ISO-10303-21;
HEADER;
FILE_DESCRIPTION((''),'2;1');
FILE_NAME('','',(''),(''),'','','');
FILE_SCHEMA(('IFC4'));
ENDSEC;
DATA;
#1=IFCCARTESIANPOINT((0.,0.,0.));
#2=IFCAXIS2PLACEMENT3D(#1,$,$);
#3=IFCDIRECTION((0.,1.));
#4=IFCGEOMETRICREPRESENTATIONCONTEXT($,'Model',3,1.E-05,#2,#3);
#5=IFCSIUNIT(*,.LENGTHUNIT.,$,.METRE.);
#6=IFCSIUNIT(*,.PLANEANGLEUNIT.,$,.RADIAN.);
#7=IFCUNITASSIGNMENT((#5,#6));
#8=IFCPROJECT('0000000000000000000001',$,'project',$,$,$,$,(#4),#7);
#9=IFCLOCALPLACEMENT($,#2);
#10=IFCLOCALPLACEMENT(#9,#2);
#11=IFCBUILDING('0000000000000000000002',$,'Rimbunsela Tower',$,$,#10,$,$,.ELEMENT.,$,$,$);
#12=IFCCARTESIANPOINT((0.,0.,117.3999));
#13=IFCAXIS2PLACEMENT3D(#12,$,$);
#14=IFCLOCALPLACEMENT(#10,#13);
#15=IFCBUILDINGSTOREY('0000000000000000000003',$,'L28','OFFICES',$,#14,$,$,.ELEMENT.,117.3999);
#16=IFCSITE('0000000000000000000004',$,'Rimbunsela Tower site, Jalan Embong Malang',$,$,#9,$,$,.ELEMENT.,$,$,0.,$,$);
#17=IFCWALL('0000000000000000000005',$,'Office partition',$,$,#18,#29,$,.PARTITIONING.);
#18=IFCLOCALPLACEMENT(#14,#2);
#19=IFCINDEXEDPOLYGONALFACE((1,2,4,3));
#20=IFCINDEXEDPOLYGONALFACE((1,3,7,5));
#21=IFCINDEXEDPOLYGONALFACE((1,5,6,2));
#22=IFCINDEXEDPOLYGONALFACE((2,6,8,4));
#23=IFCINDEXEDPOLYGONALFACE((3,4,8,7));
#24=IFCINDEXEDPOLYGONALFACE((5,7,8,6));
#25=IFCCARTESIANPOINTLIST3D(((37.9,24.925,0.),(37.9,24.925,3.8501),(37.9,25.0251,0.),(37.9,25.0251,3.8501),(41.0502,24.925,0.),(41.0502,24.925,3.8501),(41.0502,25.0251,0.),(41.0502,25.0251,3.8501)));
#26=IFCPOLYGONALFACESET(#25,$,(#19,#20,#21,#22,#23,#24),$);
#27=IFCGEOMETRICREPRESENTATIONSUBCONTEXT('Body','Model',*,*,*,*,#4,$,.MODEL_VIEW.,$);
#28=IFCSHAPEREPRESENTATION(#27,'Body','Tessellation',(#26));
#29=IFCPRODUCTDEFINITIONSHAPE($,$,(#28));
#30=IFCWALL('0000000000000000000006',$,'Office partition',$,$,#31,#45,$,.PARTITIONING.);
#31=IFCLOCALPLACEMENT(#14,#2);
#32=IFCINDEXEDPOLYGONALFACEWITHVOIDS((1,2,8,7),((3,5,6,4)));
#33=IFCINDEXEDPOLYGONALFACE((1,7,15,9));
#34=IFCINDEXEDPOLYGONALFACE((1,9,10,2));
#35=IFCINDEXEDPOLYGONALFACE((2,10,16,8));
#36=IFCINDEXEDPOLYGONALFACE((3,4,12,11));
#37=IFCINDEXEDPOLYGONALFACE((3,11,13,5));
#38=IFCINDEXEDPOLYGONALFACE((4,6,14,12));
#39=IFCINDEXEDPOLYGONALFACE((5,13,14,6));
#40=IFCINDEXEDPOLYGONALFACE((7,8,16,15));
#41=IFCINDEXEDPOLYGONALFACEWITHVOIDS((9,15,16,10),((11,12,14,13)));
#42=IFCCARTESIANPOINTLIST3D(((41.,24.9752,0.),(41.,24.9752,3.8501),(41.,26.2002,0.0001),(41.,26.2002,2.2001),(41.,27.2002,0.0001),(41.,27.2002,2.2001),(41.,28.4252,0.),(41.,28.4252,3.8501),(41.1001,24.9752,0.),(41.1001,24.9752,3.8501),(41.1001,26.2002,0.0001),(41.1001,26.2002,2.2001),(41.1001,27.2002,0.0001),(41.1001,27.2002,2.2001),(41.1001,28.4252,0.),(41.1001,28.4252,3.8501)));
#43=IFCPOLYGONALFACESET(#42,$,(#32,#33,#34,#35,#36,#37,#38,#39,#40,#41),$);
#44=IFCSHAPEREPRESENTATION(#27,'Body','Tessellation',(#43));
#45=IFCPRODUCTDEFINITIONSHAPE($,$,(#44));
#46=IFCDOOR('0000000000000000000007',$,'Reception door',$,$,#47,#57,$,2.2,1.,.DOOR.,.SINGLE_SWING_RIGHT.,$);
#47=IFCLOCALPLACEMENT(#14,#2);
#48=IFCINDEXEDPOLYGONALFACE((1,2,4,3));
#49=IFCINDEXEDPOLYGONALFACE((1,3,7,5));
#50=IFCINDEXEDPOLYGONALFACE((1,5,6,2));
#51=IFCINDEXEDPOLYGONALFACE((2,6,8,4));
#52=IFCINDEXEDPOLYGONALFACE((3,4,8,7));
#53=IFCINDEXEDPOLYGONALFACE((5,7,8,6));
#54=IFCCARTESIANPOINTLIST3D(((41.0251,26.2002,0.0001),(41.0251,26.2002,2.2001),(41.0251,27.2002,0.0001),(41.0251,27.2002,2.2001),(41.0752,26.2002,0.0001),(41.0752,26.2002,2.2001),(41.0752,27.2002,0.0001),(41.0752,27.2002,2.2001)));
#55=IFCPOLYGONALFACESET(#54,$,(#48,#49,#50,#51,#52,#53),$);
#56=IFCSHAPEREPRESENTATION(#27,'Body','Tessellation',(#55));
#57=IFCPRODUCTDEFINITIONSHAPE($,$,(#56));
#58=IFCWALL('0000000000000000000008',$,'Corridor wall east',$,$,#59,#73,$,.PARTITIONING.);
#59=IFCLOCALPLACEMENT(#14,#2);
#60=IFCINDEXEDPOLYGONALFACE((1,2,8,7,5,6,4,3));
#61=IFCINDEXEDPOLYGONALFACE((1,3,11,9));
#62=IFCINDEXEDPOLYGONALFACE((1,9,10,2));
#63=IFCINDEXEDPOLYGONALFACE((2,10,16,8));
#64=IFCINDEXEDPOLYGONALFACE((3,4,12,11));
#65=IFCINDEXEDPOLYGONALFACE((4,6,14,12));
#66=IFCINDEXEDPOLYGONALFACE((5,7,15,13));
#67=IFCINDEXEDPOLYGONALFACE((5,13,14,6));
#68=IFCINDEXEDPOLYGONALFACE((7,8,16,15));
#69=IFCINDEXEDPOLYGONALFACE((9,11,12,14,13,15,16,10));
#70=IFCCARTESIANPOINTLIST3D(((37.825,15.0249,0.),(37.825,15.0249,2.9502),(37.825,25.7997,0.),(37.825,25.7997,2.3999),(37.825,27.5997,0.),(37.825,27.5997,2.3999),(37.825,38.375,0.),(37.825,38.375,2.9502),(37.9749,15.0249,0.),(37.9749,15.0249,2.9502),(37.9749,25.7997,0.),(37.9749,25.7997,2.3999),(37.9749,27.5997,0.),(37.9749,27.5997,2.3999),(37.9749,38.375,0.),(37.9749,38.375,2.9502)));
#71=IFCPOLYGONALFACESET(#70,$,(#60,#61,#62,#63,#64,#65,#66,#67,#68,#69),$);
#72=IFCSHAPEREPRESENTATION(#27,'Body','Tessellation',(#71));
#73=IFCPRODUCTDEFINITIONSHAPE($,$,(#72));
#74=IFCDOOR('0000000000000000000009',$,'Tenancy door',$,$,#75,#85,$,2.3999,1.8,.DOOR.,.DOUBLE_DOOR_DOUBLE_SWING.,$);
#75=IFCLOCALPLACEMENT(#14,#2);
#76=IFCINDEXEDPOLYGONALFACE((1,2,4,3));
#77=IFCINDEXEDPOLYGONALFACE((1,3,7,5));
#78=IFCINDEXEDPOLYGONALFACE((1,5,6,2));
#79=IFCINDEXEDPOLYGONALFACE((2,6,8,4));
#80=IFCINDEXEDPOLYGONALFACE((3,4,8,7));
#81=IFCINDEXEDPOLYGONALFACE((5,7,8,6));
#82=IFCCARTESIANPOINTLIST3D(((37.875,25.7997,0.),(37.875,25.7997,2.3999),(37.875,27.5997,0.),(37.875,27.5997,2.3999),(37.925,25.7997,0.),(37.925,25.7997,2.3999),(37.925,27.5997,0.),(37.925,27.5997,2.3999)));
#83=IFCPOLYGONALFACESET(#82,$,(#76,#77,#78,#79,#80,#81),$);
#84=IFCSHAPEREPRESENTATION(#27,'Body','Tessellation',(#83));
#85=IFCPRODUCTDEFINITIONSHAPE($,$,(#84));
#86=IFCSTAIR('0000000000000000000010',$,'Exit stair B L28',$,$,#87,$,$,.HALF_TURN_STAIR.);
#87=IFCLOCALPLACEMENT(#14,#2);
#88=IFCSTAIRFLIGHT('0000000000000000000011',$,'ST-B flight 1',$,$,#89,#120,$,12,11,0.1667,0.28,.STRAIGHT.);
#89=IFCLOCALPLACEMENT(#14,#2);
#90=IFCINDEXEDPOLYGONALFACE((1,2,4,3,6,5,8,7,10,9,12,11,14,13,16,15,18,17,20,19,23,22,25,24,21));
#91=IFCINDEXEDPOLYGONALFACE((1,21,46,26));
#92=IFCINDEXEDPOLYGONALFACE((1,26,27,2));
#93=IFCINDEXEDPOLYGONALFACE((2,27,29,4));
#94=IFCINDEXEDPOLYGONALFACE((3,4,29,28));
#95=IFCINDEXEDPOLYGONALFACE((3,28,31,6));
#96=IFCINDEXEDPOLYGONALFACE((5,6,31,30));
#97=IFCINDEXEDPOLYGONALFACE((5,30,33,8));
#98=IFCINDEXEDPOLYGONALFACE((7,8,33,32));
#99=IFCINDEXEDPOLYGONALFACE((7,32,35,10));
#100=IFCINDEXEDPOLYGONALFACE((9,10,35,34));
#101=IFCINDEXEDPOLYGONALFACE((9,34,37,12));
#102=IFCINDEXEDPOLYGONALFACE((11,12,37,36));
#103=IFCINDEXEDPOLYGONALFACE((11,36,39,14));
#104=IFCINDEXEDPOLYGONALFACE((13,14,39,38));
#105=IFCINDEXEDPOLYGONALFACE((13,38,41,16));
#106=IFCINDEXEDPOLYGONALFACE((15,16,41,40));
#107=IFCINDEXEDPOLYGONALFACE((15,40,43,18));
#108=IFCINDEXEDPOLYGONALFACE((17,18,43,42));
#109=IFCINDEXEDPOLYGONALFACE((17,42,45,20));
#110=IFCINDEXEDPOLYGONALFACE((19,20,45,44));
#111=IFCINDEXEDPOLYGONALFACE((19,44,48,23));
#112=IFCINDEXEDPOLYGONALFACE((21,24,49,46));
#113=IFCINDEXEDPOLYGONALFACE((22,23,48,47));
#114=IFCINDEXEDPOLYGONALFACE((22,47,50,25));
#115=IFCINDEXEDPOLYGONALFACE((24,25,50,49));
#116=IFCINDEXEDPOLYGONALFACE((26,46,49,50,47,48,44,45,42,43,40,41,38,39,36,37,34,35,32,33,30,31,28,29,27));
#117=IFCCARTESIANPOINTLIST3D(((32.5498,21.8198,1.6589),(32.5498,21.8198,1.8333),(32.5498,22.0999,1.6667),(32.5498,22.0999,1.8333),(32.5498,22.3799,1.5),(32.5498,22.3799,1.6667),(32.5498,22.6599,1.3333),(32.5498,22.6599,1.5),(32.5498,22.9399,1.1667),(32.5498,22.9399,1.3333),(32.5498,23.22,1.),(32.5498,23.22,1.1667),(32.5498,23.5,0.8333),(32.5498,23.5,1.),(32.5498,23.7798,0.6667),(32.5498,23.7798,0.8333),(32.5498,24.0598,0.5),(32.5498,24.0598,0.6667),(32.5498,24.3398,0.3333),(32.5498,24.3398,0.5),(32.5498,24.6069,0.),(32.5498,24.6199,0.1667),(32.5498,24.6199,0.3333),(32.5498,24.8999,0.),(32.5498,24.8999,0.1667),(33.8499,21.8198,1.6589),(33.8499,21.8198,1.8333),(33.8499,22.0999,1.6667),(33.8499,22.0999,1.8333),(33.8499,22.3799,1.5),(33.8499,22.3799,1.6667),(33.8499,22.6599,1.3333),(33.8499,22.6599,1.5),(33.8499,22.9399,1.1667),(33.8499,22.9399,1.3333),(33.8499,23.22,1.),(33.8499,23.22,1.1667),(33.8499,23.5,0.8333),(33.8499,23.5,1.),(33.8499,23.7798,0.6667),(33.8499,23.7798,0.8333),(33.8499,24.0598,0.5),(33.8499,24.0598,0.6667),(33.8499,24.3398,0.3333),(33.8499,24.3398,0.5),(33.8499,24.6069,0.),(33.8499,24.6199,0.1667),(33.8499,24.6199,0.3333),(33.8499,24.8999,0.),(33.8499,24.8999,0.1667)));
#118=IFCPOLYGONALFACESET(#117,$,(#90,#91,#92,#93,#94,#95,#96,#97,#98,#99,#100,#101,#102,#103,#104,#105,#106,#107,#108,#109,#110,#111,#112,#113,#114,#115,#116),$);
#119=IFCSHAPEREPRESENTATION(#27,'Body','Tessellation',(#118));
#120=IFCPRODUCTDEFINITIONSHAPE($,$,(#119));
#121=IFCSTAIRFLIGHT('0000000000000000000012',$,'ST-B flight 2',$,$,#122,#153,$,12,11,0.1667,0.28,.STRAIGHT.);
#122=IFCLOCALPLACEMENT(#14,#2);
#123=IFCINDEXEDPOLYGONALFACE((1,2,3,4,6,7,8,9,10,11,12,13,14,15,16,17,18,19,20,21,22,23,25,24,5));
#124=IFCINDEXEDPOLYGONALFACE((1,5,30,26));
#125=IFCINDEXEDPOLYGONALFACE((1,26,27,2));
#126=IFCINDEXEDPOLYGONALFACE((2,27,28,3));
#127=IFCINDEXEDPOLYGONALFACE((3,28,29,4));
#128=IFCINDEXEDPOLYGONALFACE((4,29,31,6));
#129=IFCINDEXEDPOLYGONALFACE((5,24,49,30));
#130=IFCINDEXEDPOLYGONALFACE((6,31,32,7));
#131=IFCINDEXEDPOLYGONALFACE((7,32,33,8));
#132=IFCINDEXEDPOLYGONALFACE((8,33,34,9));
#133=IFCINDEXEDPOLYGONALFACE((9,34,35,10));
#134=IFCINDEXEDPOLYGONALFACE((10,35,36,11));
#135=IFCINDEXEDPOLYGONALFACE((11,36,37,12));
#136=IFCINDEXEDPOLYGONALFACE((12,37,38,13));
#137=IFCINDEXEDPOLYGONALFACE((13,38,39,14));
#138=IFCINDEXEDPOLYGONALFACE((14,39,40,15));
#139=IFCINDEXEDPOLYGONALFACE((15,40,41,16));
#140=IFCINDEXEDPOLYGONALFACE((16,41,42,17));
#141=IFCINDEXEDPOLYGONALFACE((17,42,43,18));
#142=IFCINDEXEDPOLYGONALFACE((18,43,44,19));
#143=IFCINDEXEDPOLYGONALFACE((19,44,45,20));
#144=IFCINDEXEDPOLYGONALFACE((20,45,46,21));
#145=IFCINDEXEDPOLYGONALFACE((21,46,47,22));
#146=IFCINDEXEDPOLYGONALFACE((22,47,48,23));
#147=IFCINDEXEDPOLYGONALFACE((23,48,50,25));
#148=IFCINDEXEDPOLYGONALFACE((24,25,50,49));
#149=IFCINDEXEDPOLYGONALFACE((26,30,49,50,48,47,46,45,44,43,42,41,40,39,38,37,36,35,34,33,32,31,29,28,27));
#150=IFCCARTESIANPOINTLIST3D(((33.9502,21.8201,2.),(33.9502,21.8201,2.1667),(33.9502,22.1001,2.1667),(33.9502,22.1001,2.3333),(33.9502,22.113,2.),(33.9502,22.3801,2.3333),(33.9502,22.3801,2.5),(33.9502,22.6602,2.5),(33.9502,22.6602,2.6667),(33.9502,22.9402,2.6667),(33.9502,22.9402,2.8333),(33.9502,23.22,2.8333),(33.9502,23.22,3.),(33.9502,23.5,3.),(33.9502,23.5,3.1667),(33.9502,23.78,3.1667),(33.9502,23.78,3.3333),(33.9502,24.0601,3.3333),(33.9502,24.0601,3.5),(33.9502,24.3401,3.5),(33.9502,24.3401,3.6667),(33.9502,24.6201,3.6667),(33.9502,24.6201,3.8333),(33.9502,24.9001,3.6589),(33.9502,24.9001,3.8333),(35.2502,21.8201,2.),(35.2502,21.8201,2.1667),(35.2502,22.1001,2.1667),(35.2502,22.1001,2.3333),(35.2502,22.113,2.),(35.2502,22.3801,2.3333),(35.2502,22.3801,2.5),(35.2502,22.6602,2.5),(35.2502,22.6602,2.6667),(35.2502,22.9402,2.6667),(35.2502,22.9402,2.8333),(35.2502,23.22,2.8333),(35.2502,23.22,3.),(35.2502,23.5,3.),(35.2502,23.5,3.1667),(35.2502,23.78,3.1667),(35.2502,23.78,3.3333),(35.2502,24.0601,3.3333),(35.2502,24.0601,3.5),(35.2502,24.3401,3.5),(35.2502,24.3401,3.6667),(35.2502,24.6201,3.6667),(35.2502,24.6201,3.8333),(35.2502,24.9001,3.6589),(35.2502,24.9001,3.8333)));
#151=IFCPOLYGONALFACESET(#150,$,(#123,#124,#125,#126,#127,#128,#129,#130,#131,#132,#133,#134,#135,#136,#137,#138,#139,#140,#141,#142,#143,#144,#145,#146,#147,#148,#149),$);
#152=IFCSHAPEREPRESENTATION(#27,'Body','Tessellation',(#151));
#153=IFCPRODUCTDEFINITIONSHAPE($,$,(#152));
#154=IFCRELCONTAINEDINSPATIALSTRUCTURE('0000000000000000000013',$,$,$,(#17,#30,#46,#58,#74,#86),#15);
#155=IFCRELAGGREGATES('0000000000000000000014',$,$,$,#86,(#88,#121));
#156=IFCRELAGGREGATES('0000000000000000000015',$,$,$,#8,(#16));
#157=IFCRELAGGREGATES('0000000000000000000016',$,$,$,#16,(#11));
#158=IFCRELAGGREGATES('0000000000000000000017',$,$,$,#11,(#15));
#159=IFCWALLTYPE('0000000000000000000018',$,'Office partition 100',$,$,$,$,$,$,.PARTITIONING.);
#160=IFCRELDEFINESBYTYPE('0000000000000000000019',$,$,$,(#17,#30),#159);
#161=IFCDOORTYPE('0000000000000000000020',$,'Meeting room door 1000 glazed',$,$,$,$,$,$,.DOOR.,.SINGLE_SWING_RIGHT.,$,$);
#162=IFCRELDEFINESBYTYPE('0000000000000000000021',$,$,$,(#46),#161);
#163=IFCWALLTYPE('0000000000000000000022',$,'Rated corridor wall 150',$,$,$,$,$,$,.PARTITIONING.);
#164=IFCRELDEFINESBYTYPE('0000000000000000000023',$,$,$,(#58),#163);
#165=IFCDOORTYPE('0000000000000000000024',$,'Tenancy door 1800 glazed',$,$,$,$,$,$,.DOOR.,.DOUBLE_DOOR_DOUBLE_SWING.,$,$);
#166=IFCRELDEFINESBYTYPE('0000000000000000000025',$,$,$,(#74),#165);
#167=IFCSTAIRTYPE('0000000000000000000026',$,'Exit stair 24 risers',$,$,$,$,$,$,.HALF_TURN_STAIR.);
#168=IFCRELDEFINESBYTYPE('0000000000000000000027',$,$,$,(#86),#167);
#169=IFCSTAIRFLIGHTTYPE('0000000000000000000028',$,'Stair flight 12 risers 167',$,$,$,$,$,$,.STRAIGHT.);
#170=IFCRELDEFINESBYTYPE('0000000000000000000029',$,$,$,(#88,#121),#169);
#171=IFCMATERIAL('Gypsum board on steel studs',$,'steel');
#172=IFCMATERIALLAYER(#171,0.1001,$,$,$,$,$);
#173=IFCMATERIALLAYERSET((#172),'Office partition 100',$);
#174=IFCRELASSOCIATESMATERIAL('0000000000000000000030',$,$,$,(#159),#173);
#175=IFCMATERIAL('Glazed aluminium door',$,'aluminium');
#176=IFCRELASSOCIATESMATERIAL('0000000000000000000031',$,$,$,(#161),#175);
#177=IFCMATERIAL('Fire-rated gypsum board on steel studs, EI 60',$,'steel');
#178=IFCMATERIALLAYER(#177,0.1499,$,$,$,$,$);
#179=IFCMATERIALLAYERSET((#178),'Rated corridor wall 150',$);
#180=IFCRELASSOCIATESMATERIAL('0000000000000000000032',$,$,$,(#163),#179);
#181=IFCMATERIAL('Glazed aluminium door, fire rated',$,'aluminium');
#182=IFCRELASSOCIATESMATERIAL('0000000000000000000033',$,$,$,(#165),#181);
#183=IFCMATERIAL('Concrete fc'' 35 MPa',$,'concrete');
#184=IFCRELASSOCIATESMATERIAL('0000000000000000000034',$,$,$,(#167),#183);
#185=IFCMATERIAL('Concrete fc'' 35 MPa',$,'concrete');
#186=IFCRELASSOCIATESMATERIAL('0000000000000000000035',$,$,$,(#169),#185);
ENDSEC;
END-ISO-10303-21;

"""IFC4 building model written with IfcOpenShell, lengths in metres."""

from ifc_helpers import new_model, si_unit, direction, frame, frame_2d, origin, place, context, subcontext, project, spatial, polyline, rectangle, outline, extrude, material, layer, layer_set, type_object, element, fill, aggregate, save


model = new_model("IFC4")

# Units and contexts
model_context = context("Model", 3, precision=1e-05, world=origin(), true_north=direction((0.0, 1.0)))
body_context = subcontext(model_context, "Body", "Model", "MODEL_VIEW")
ifc_project = project(units=[si_unit("LENGTHUNIT", "METRE"), si_unit("PLANEANGLEUNIT", "RADIAN")], contexts=[model_context])

# Site, building, storey
site_placement = place(None, origin())
site = spatial("IfcSite", under=ifc_project, at=site_placement, Name="Rimbunsela Tower site, Jalan Embong Malang", CompositionType="ELEMENT", RefElevation=0.0)
building_placement = place(site_placement, origin())
building = spatial("IfcBuilding", under=site, at=building_placement, Name="Rimbunsela Tower", CompositionType="ELEMENT")
storey_placement = place(building_placement, frame((0.0, 0.0, 117.3999)))
storey = spatial("IfcBuildingStorey", under=building, at=storey_placement, Name="L28", Description="OFFICES", CompositionType="ELEMENT", Elevation=117.3999)

# Shared definitions
ifc_material_1 = material(Name="Gypsum board on steel studs", Category="steel")
ifc_layer_1 = layer(ifc_material_1, 0.1001)
ifc_layer_set_1 = layer_set([ifc_layer_1], Name="Office partition 100")
wall_type_1 = type_object("IfcWallType", Name="Office partition 100", PredefinedType="PARTITIONING", material=ifc_layer_set_1)

# Wall
wall_1_placement = place(storey_placement, frame((37.8999, 24.9751, 0.0), z_axis=(0.0, 0.0, 1.0), x_axis=(1.0, 0.0, 0.0)))
element("IfcWall", 1, at=wall_1_placement, inside=storey, type_object=wall_type_1, Name="Office partition", PredefinedType="PARTITIONING", context=body_context, shape_type="SweptSolid", body=[
    extrude(rectangle(XDim=3.1501, YDim=0.1001, at=frame_2d((1.5752, 0.0))), origin(), (0.0, 0.0, 1.0), 3.8501),
])

# Walls, openings, doors
wall_2_placement = place(storey_placement, frame((41.05, 24.9751, 0.0), z_axis=(0.0, 0.0, 1.0), x_axis=(0.0, 1.0, 0.0)))
wall_2 = element("IfcWall", 2, at=wall_2_placement, inside=storey, type_object=wall_type_1, Name="Office partition", PredefinedType="PARTITIONING", context=body_context, shape_type="SweptSolid", body=[
    extrude(rectangle(XDim=3.45, YDim=0.1001, at=frame_2d((1.7251, 0.0))), origin(), (0.0, 0.0, 1.0), 3.8501),
])
opening_1_placement = place(wall_2_placement, frame((1.2251, 0.0, 0.0)))
opening_1 = element("IfcOpeningElement", 3, at=opening_1_placement, cuts=wall_2, PredefinedType="OPENING", context=body_context, shape_type="SweptSolid", body=[
    extrude(rectangle(XDim=1.0, YDim=2.2, at=frame_2d((0.5, 1.1001))), frame((0.0, 0.0601, 0.0), z_axis=(0.0, -1.0, 0.0), x_axis=(1.0, 0.0, 0.0)), (0.0, 0.0, 1.0), 0.1201),
])
ifc_material_2 = material(Name="Glazed aluminium door", Category="aluminium")
door_type_1 = type_object("IfcDoorType", Name="Meeting room door 1000 glazed", OperationType="SINGLE_SWING_RIGHT", PredefinedType="DOOR", material=ifc_material_2)
door_1_placement = place(opening_1_placement, origin())
door_1 = element("IfcDoor", 4, at=door_1_placement, inside=storey, type_object=door_type_1, Name="Reception door", OperationType="SINGLE_SWING_RIGHT", OverallHeight=2.2, OverallWidth=1.0, PredefinedType="DOOR", context=body_context, shape_type="SweptSolid", body=[
    extrude(rectangle(XDim=1.0, YDim=2.2, at=frame_2d((0.5, 1.1001))), frame((0.0, 0.0249, 0.0), z_axis=(0.0, -1.0, 0.0), x_axis=(1.0, 0.0, 0.0)), (0.0, 0.0, 1.0), 0.05),
])
fill(opening_1, door_1)
ifc_material_3 = material(Name="Fire-rated gypsum board on steel studs, EI 60", Category="steel")
ifc_layer_2 = layer(ifc_material_3, 0.1499)
ifc_layer_set_2 = layer_set([ifc_layer_2], Name="Rated corridor wall 150")
wall_type_2 = type_object("IfcWallType", Name="Rated corridor wall 150", PredefinedType="PARTITIONING", material=ifc_layer_set_2)
wall_3_placement = place(storey_placement, frame((37.8999, 15.0249, 0.0), z_axis=(0.0, 0.0, 1.0), x_axis=(0.0, 1.0, 0.0)))
wall_3 = element("IfcWall", 5, at=wall_3_placement, inside=storey, type_object=wall_type_2, Name="Corridor wall east", PredefinedType="PARTITIONING", context=body_context, shape_type="SweptSolid", body=[
    extrude(rectangle(XDim=23.3501, YDim=0.1499, at=frame_2d((11.675, 0.0))), origin(), (0.0, 0.0, 1.0), 2.9502),
])
opening_2_placement = place(wall_3_placement, frame((10.7749, 0.0, 0.0)))
opening_2 = element("IfcOpeningElement", 6, at=opening_2_placement, cuts=wall_3, PredefinedType="OPENING", context=body_context, shape_type="SweptSolid", body=[
    extrude(rectangle(XDim=1.8, YDim=2.3999, at=frame_2d((0.8999, 1.2))), frame((0.0, 0.085, 0.0), z_axis=(0.0, -1.0, 0.0), x_axis=(1.0, 0.0, 0.0)), (0.0, 0.0, 1.0), 0.1699),
])
ifc_material_4 = material(Name="Glazed aluminium door, fire rated", Category="aluminium")
door_type_2 = type_object("IfcDoorType", Name="Tenancy door 1800 glazed", OperationType="DOUBLE_DOOR_DOUBLE_SWING", PredefinedType="DOOR", material=ifc_material_4)
door_2_placement = place(opening_2_placement, origin())
door_2 = element("IfcDoor", 7, at=door_2_placement, inside=storey, type_object=door_type_2, Name="Tenancy door", OperationType="DOUBLE_DOOR_DOUBLE_SWING", OverallHeight=2.3999, OverallWidth=1.8, PredefinedType="DOOR", context=body_context, shape_type="SweptSolid", body=[
    extrude(rectangle(XDim=1.8, YDim=2.3999, at=frame_2d((0.8999, 1.2))), frame((0.0, 0.0249, 0.0), z_axis=(0.0, -1.0, 0.0), x_axis=(1.0, 0.0, 0.0)), (0.0, 0.0, 1.0), 0.05),
])
fill(opening_2, door_2)

# Stair, stair flights
ifc_material_5 = material(Name="Concrete fc' 35 MPa", Category="concrete")
stair_type = type_object("IfcStairType", Name="Exit stair 24 risers", PredefinedType="HALF_TURN_STAIR", material=ifc_material_5)
stair_placement = place(storey_placement, origin())
stair = element("IfcStair", 8, at=stair_placement, inside=storey, type_object=stair_type, Name="Exit stair B L28", PredefinedType="HALF_TURN_STAIR")
ifc_material_6 = material(Name="Concrete fc' 35 MPa", Category="concrete")
stair_flight_type = type_object("IfcStairFlightType", Name="Stair flight 12 risers 167", PredefinedType="STRAIGHT", material=ifc_material_6)
stair_flight_1_placement = place(storey_placement, frame((33.2, 24.8999, 0.0), z_axis=(0.0, 0.0, 1.0), x_axis=(0.0, -1.0, 0.0)))
stair_flight_1 = element("IfcStairFlight", 9, at=stair_flight_1_placement, type_object=stair_flight_type, Name="ST-B flight 1", NumberOfRisers=12, NumberOfTreads=11, PredefinedType="STRAIGHT", RiserHeight=0.1667, TreadLength=0.28, context=body_context, shape_type="SweptSolid", body=[
    extrude(outline(polyline([(0.0, 0.0), (0.0, 0.1667), (0.28, 0.1667), (0.28, 0.3333), (0.5601, 0.3333), (0.5601, 0.5), (0.8401, 0.5), (0.8401, 0.6667), (1.1201, 0.6667), (1.1201, 0.8333), (1.3999, 0.8333), (1.3999, 1.0), (1.6799, 1.0), (1.6799, 1.1667), (1.96, 1.1667), (1.96, 1.3333), (2.24, 1.3333), (2.24, 1.5), (2.52, 1.5), (2.52, 1.6667), (2.8, 1.6667), (2.8, 1.8333), (3.0801, 1.8333), (3.0801, 2.0), (3.0801, 1.6589), (0.293, 0.0), (0.0, 0.0)])), frame((0.0, 0.6499, 0.0), z_axis=(0.0, -1.0, 0.0), x_axis=(1.0, 0.0, 0.0)), (0.0, 0.0, 1.0), 1.3),
])
stair_flight_2_placement = place(storey_placement, frame((34.6001, 21.8201, 2.0), z_axis=(0.0, 0.0, 1.0), x_axis=(0.0, 1.0, 0.0)))
stair_flight_2 = element("IfcStairFlight", 10, at=stair_flight_2_placement, type_object=stair_flight_type, Name="ST-B flight 2", NumberOfRisers=12, NumberOfTreads=11, PredefinedType="STRAIGHT", RiserHeight=0.1667, TreadLength=0.28, context=body_context, shape_type="SweptSolid", body=[
    extrude(outline(polyline([(0.0, 0.0), (0.0, 0.1667), (0.28, 0.1667), (0.28, 0.3333), (0.5601, 0.3333), (0.5601, 0.5), (0.8401, 0.5), (0.8401, 0.6667), (1.1201, 0.6667), (1.1201, 0.8333), (1.3999, 0.8333), (1.3999, 1.0), (1.6799, 1.0), (1.6799, 1.1667), (1.96, 1.1667), (1.96, 1.3333), (2.24, 1.3333), (2.24, 1.5), (2.52, 1.5), (2.52, 1.6667), (2.8, 1.6667), (2.8, 1.8333), (3.0801, 1.8333), (3.0801, 2.0), (3.0801, 1.6589), (0.293, 0.0), (0.0, 0.0)])), frame((0.0, 0.6499, 0.0), z_axis=(0.0, -1.0, 0.0), x_axis=(1.0, 0.0, 0.0)), (0.0, 0.0, 1.0), 1.3),
])
aggregate(stair, [stair_flight_1, stair_flight_2])

save(model, "model.ifc")
